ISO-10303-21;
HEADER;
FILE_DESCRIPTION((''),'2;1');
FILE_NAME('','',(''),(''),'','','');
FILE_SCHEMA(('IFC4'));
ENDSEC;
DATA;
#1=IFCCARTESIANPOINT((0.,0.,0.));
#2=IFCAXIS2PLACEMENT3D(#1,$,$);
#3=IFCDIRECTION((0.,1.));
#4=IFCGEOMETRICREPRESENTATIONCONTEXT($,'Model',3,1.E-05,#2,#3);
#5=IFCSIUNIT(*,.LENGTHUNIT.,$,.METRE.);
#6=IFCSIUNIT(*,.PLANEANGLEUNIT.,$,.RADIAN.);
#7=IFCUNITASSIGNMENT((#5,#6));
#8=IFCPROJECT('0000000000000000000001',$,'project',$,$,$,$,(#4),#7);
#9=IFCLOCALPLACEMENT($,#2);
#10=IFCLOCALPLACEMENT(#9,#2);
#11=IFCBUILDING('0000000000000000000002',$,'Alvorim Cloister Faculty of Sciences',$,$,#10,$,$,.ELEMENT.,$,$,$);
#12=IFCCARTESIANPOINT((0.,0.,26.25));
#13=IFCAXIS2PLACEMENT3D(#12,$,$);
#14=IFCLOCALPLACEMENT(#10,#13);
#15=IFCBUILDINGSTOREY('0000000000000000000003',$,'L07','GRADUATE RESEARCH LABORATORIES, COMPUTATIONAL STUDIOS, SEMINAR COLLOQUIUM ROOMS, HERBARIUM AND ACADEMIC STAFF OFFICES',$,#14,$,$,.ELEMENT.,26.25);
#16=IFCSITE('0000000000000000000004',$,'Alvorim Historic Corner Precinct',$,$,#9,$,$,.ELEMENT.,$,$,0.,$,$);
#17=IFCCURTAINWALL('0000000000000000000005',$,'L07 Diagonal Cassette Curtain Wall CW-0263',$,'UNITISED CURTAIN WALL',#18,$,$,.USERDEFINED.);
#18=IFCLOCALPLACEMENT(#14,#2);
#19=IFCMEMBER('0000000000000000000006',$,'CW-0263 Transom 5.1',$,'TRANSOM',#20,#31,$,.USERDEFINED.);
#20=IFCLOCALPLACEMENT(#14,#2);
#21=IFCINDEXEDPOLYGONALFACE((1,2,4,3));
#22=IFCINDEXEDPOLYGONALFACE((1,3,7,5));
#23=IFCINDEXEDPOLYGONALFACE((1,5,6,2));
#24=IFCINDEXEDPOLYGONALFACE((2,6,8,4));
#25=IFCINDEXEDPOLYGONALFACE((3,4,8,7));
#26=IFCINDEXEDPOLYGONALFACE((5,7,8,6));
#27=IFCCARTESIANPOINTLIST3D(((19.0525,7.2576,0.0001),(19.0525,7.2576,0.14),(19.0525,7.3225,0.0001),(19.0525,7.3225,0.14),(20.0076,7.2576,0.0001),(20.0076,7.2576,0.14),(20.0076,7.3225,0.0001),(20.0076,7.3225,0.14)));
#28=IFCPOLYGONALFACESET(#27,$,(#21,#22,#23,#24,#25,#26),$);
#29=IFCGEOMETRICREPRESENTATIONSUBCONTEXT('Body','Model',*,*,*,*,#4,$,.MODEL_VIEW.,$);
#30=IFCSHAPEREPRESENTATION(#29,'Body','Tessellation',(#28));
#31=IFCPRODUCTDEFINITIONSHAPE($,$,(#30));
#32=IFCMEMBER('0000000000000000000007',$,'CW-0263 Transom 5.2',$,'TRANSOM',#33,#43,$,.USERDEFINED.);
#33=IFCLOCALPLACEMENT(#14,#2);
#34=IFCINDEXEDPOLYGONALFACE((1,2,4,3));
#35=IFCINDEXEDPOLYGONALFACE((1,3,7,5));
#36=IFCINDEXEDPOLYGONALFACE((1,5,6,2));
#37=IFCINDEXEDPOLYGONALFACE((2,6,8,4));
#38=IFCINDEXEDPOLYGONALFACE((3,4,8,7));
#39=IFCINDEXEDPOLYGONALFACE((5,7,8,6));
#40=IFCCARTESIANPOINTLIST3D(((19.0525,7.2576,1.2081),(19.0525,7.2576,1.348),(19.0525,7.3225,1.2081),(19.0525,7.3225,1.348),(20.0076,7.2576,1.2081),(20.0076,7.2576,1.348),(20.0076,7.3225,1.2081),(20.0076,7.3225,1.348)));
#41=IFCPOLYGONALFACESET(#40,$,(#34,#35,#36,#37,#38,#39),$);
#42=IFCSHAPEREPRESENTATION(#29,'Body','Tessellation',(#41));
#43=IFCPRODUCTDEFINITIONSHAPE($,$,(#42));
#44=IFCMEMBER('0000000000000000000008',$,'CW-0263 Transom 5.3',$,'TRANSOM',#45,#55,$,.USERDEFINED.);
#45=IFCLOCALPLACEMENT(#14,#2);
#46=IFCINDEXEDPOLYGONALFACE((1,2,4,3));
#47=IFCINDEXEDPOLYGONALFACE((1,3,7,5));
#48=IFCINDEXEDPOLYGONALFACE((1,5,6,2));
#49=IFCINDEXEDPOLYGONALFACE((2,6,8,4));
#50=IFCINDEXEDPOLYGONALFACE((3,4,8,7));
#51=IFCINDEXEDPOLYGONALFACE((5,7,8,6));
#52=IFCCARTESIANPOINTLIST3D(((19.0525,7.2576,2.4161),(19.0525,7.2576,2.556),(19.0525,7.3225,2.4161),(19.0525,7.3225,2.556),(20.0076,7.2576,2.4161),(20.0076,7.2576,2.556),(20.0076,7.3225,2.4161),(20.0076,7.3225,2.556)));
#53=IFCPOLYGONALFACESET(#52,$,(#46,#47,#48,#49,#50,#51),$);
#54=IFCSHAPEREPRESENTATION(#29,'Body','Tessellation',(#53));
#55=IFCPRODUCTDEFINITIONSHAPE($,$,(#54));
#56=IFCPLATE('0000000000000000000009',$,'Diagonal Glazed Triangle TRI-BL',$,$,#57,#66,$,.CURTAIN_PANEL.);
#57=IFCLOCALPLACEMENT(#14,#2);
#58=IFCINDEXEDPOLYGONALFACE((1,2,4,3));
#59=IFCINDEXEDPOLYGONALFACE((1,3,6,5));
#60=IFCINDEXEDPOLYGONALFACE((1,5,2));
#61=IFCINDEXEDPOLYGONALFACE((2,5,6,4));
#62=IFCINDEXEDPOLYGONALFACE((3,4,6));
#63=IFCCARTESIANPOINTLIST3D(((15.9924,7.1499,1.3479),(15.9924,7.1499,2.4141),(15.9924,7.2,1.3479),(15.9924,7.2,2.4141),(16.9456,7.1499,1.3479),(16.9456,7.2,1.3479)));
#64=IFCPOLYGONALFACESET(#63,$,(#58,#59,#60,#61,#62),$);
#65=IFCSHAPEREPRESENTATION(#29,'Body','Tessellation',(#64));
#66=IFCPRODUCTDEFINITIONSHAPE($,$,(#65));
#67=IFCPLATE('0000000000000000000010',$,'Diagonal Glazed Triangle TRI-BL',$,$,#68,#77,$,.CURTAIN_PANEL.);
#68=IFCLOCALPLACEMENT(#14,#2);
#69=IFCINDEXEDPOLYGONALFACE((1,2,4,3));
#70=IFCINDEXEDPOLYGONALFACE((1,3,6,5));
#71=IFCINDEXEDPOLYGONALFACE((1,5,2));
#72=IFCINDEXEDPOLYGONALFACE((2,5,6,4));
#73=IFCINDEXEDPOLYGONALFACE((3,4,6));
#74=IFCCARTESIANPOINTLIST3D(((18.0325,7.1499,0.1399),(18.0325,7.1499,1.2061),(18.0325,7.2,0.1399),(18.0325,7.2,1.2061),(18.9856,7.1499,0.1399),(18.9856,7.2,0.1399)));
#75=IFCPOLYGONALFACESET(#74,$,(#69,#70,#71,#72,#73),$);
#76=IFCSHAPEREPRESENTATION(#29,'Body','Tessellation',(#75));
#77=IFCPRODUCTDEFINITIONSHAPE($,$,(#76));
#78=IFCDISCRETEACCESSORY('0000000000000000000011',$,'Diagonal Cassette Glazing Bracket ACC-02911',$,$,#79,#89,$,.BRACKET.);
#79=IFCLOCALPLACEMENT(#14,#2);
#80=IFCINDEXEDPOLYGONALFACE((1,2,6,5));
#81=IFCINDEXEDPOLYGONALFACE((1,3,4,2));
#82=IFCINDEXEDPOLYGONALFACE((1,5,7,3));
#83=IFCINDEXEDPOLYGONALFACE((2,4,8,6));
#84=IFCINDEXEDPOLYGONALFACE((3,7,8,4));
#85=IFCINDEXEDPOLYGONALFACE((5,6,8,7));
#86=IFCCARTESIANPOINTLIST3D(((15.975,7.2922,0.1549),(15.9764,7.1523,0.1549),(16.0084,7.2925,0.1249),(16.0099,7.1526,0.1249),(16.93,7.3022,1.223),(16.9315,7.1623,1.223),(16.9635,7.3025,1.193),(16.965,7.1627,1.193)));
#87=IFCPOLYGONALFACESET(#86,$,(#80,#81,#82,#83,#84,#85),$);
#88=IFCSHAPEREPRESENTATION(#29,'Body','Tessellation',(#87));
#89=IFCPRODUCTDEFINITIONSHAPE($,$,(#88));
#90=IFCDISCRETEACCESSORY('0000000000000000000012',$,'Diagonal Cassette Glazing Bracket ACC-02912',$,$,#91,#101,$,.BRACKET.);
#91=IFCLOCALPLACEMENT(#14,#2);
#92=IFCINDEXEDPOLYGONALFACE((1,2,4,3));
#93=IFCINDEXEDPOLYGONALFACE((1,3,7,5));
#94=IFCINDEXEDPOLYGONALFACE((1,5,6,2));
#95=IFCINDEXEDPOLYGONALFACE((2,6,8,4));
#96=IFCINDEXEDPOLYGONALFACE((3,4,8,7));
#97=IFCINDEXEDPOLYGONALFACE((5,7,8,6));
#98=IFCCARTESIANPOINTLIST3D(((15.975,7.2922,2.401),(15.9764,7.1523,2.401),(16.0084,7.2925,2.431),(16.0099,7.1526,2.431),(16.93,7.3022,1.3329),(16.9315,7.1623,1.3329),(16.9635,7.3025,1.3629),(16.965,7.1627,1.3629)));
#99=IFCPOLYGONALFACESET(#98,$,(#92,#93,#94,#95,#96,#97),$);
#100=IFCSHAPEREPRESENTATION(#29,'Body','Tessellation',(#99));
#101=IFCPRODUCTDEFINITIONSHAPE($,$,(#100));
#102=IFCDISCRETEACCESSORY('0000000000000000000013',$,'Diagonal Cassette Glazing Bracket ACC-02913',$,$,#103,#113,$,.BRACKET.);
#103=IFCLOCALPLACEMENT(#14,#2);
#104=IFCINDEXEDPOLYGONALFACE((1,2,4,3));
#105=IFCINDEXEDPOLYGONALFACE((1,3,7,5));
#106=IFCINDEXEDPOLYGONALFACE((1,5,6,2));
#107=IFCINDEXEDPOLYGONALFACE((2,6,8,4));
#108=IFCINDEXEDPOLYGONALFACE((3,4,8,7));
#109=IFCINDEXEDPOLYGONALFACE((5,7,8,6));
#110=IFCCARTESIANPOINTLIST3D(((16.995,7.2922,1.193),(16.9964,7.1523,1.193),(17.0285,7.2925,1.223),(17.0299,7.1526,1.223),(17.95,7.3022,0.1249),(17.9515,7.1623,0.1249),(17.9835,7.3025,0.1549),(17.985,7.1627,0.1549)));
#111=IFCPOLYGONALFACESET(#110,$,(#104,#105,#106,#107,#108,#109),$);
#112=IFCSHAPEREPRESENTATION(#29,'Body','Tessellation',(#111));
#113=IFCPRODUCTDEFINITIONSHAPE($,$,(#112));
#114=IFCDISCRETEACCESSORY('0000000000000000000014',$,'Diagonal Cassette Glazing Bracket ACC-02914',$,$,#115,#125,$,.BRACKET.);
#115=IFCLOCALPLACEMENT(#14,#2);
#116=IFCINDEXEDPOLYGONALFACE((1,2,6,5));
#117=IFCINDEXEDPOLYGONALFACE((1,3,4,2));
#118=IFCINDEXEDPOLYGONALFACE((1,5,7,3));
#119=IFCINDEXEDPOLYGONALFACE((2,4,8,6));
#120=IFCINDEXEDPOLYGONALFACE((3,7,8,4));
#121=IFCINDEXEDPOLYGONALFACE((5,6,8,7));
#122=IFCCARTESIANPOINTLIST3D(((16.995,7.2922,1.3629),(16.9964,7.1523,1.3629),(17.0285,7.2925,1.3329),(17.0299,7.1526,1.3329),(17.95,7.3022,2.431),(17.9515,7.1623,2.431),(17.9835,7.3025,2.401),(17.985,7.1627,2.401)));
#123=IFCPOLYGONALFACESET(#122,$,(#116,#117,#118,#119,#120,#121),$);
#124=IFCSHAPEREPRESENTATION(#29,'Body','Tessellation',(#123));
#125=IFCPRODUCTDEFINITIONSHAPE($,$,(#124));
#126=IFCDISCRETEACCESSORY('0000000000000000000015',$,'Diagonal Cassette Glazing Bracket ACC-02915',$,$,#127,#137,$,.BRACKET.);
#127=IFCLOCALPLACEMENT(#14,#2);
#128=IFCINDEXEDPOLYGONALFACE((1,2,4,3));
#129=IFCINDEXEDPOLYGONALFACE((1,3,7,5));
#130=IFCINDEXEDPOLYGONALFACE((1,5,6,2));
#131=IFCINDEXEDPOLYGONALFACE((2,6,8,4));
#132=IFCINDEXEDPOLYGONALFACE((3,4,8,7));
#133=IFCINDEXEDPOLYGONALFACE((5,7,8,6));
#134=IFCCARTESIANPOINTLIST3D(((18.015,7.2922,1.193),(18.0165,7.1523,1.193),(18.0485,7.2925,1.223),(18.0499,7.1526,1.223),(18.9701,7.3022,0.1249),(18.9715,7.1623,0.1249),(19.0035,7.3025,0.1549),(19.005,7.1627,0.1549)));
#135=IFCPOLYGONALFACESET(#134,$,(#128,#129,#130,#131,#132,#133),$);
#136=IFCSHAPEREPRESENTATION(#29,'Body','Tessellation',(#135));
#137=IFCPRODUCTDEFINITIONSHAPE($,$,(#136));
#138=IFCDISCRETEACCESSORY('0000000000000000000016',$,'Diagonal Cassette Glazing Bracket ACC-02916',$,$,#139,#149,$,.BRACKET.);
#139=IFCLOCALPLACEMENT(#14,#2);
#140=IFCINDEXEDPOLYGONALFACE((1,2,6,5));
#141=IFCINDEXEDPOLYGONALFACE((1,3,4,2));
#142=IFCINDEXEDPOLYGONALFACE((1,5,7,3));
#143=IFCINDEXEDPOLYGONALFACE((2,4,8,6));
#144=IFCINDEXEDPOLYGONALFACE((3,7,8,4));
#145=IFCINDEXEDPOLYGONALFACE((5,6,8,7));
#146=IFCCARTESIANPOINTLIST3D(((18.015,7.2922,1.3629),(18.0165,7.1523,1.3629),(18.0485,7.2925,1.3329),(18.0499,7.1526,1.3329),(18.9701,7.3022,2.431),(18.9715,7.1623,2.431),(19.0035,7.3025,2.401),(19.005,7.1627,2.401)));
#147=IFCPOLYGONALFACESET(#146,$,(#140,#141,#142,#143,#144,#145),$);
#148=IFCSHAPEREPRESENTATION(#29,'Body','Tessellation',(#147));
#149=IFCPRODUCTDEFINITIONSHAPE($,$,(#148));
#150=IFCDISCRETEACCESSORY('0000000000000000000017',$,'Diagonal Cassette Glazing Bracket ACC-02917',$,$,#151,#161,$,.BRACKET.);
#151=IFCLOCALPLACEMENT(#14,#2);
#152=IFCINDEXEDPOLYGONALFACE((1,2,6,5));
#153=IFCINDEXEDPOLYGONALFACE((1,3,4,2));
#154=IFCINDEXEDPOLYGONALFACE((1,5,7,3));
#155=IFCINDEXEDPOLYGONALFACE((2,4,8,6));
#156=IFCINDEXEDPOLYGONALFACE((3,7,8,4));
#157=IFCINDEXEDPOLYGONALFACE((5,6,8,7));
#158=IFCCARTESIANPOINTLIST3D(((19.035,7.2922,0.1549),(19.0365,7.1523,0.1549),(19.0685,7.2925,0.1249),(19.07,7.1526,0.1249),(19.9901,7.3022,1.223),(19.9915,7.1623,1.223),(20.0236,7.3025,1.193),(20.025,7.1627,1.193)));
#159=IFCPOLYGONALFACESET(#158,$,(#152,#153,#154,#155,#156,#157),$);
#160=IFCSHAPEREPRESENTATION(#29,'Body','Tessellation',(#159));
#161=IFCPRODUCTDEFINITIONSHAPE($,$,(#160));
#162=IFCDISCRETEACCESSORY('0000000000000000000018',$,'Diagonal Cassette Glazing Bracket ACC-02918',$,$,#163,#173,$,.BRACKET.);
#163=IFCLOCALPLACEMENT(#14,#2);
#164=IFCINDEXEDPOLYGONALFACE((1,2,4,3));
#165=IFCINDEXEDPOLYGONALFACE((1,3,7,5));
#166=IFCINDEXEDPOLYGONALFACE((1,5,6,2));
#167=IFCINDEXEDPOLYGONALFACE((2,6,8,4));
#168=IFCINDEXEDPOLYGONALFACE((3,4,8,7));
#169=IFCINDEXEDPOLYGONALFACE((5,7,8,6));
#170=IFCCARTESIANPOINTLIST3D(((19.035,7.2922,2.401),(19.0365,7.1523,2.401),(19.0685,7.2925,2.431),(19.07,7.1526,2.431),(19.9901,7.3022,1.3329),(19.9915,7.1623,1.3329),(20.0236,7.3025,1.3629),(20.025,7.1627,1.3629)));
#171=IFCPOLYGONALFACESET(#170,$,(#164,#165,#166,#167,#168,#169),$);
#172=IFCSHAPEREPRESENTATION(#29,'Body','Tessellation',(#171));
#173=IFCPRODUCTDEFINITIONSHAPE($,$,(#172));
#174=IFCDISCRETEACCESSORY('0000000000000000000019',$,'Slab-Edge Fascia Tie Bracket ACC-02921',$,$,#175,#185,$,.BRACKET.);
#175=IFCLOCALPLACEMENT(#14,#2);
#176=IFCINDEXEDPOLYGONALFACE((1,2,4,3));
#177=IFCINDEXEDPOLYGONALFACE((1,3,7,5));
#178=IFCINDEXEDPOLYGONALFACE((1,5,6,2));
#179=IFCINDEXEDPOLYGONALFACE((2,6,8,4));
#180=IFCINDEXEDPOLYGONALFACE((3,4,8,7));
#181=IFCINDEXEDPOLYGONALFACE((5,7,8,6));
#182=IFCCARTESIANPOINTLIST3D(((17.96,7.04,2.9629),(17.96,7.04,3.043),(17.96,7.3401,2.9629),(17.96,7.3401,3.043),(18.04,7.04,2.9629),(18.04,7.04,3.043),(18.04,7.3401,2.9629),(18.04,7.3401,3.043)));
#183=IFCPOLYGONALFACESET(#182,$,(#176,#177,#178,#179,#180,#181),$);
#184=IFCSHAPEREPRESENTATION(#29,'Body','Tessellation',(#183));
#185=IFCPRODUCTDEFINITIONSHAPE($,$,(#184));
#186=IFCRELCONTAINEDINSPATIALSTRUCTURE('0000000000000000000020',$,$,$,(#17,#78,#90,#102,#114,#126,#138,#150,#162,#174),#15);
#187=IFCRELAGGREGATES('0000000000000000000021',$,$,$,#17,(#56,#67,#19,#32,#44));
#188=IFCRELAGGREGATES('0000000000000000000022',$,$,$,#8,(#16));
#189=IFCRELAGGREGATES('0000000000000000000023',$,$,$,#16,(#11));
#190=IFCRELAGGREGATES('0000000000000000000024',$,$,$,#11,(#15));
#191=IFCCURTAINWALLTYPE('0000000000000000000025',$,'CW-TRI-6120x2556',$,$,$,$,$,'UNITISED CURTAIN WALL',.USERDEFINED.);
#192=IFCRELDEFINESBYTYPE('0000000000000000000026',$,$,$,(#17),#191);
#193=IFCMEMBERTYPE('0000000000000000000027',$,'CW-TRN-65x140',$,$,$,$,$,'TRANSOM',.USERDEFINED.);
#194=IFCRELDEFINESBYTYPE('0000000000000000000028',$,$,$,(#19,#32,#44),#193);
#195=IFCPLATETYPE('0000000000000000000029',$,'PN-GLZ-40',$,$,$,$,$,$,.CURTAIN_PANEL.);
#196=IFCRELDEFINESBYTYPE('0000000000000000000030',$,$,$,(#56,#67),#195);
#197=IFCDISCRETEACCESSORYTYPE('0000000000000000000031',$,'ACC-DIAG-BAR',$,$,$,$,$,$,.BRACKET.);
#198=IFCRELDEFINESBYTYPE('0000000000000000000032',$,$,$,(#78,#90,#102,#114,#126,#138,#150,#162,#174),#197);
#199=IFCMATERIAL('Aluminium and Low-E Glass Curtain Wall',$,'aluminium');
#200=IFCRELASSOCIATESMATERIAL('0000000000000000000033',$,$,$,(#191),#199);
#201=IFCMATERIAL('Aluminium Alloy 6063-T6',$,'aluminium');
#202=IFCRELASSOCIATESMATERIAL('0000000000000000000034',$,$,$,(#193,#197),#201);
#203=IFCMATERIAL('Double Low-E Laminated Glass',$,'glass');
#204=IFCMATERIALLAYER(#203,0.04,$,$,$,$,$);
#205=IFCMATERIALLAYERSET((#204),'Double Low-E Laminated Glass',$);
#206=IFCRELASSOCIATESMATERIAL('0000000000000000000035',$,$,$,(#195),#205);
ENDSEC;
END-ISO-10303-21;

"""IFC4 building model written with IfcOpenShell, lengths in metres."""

from ifc_helpers import new_model, si_unit, direction, frame, origin, origin_2d, place, context, subcontext, project, spatial, polyline, rectangle, outline, extrude, material, layer, layer_set, material_profile, profile_set, type_object, element, aggregate, save


model = new_model("IFC4")

# Units and contexts
model_context = context("Model", 3, precision=1e-05, world=origin(), true_north=direction((0.0, 1.0)))
body_context = subcontext(model_context, "Body", "Model", "MODEL_VIEW")
ifc_project = project(units=[si_unit("LENGTHUNIT", "METRE"), si_unit("PLANEANGLEUNIT", "RADIAN")], contexts=[model_context])

# Site, building, storey
site_placement = place(None, origin())
site = spatial("IfcSite", under=ifc_project, at=site_placement, Name="Alvorim Historic Corner Precinct", CompositionType="ELEMENT", RefElevation=0.0)
building_placement = place(site_placement, origin())
building = spatial("IfcBuilding", under=site, at=building_placement, Name="Alvorim Cloister Faculty of Sciences", CompositionType="ELEMENT")
storey_placement = place(building_placement, frame((0.0, 0.0, 26.25)))
storey = spatial("IfcBuildingStorey", under=building, at=storey_placement, Name="L07", Description="GRADUATE RESEARCH LABORATORIES, COMPUTATIONAL STUDIOS, SEMINAR COLLOQUIUM ROOMS, HERBARIUM AND ACADEMIC STAFF OFFICES", CompositionType="ELEMENT", Elevation=26.25)

# Curtain wall, members, plates
ifc_material_1 = material(Name="Aluminium and Low-E Glass Curtain Wall", Category="aluminium")
curtain_wall_type = type_object("IfcCurtainWallType", Name="CW-TRI-6120x2556", ElementType="UNITISED CURTAIN WALL", PredefinedType="USERDEFINED", material=ifc_material_1)
curtain_wall_placement = place(storey_placement, origin())
curtain_wall = element("IfcCurtainWall", 1, at=curtain_wall_placement, inside=storey, type_object=curtain_wall_type, Name="L07 Diagonal Cassette Curtain Wall CW-0263", ObjectType="UNITISED CURTAIN WALL", PredefinedType="USERDEFINED")
ifc_material_2 = material(Name="Aluminium Alloy 6063-T6", Category="aluminium")
ifc_material_profile_1 = material_profile(ifc_material_2, rectangle(XDim=0.0649, YDim=0.1399, at=origin_2d()), Name="ALU-TRN-65x140")
ifc_profile_set_1 = profile_set([ifc_material_profile_1], Name="Aluminium Alloy 6063-T6")
member_type_1 = type_object("IfcMemberType", Name="CW-TRN-65x140", ElementType="TRANSOM", PredefinedType="USERDEFINED", material=ifc_profile_set_1)
member_1_placement = place(storey_placement, frame((19.0525, 7.29, 0.0701), z_axis=(1.0, 0.0, 0.0), x_axis=(0.0, 1.0, 0.0)))
member_1 = element("IfcMember", 2, at=member_1_placement, type_object=member_type_1, Name="CW-0263 Transom 5.1", ObjectType="TRANSOM", PredefinedType="USERDEFINED", context=body_context, shape_type="SweptSolid", body=[
    extrude(rectangle(XDim=0.0649, YDim=0.1399, at=origin_2d()), origin(), (0.0, 0.0, 1.0), 0.9551),
])
member_2_placement = place(storey_placement, frame((19.0525, 7.29, 1.2781), z_axis=(1.0, 0.0, 0.0), x_axis=(0.0, 1.0, 0.0)))
member_2 = element("IfcMember", 3, at=member_2_placement, type_object=member_type_1, Name="CW-0263 Transom 5.2", ObjectType="TRANSOM", PredefinedType="USERDEFINED", context=body_context, shape_type="SweptSolid", body=[
    extrude(rectangle(XDim=0.0649, YDim=0.1399, at=origin_2d()), origin(), (0.0, 0.0, 1.0), 0.9551),
])
member_3_placement = place(storey_placement, frame((19.0525, 7.29, 2.4861), z_axis=(1.0, 0.0, 0.0), x_axis=(0.0, 1.0, 0.0)))
member_3 = element("IfcMember", 4, at=member_3_placement, type_object=member_type_1, Name="CW-0263 Transom 5.3", ObjectType="TRANSOM", PredefinedType="USERDEFINED", context=body_context, shape_type="SweptSolid", body=[
    extrude(rectangle(XDim=0.0649, YDim=0.1399, at=origin_2d()), origin(), (0.0, 0.0, 1.0), 0.9551),
])
ifc_material_3 = material(Name="Double Low-E Laminated Glass", Category="glass")
ifc_layer = layer(ifc_material_3, 0.04)
ifc_layer_set = layer_set([ifc_layer], Name="Double Low-E Laminated Glass")
plate_type = type_object("IfcPlateType", Name="PN-GLZ-40", PredefinedType="CURTAIN_PANEL", material=ifc_layer_set)
plate_1_placement = place(storey_placement, frame((15.9924, 7.175, 1.3479), z_axis=(0.0, 0.0, 1.0), x_axis=(1.0, 0.0, 0.0)))
plate_1 = element("IfcPlate", 5, at=plate_1_placement, type_object=plate_type, Name="Diagonal Glazed Triangle TRI-BL", PredefinedType="CURTAIN_PANEL", context=body_context, shape_type="SweptSolid", body=[
    extrude(outline(polyline([(0.0, 0.0), (0.9531, 0.0), (0.0, 1.0662), (0.0, 0.0)])), frame((0.0, 0.0249, 0.0), z_axis=(0.0, -1.0, 0.0), x_axis=(1.0, 0.0, 0.0)), (0.0, 0.0, 1.0), 0.05),
])
plate_2_placement = place(storey_placement, frame((18.0325, 7.175, 0.1399), z_axis=(0.0, 0.0, 1.0), x_axis=(1.0, 0.0, 0.0)))
plate_2 = element("IfcPlate", 6, at=plate_2_placement, type_object=plate_type, Name="Diagonal Glazed Triangle TRI-BL", PredefinedType="CURTAIN_PANEL", context=body_context, shape_type="SweptSolid", body=[
    extrude(outline(polyline([(0.0, 0.0), (0.9531, 0.0), (0.0, 1.0662), (0.0, 0.0)])), frame((0.0, 0.0249, 0.0), z_axis=(0.0, -1.0, 0.0), x_axis=(1.0, 0.0, 0.0)), (0.0, 0.0, 1.0), 0.05),
])
aggregate(curtain_wall, [plate_1, plate_2, member_1, member_2, member_3])

# Discrete accessories
discrete_accessory_type = type_object("IfcDiscreteAccessoryType", Name="ACC-DIAG-BAR", PredefinedType="BRACKET", material=ifc_material_2)
for number, where, z_axis, x_axis, name in (
    (7, (15.9924, 7.2224, 0.1399), (0.666544, 0.006986, 0.745433), (-0.01048, 0.999945, 0.0), "Diagonal Cassette Glazing Bracket ACC-02911"),
    (8, (15.9924, 7.2224, 2.416), (0.666544, 0.006986, -0.745433), (-0.01048, 0.999945, 0.0), "Diagonal Cassette Glazing Bracket ACC-02912"),
    (9, (17.0125, 7.2224, 1.208), (0.666544, 0.006986, -0.745433), (-0.01048, 0.999945, 0.0), "Diagonal Cassette Glazing Bracket ACC-02913"),
    (10, (17.0125, 7.2224, 1.3479), (0.666544, 0.006986, 0.745433), (-0.01048, 0.999945, 0.0), "Diagonal Cassette Glazing Bracket ACC-02914"),
    (11, (18.0325, 7.2224, 1.208), (0.666544, 0.006986, -0.745433), (-0.01048, 0.999945, 0.0), "Diagonal Cassette Glazing Bracket ACC-02915"),
    (12, (18.0325, 7.2224, 1.3479), (0.666544, 0.006986, 0.745433), (-0.01048, 0.999945, 0.0), "Diagonal Cassette Glazing Bracket ACC-02916"),
    (13, (19.0525, 7.2224, 0.1399), (0.666544, 0.006986, 0.745433), (-0.01048, 0.999945, 0.0), "Diagonal Cassette Glazing Bracket ACC-02917"),
    (14, (19.0525, 7.2224, 2.416), (0.666544, 0.006986, -0.745433), (-0.01048, 0.999945, 0.0), "Diagonal Cassette Glazing Bracket ACC-02918"),
):
    element("IfcDiscreteAccessory", number, at=place(storey_placement, frame(where, z_axis=z_axis, x_axis=x_axis)), inside=storey, type_object=discrete_accessory_type, Name=name, PredefinedType="BRACKET", context=body_context, shape_type="SweptSolid", body=[
        extrude(rectangle(XDim=0.1399, YDim=0.0449, at=origin_2d()), origin(), (0.0, 0.0, 1.0), 1.4329),
    ])
discrete_accessory_placement = place(storey_placement, frame((18.0, 7.3401, 3.0029), z_axis=(0.0, -1.0, 0.0), x_axis=(1.0, 0.0, 0.0)))
element("IfcDiscreteAccessory", 15, at=discrete_accessory_placement, inside=storey, type_object=discrete_accessory_type, Name="Slab-Edge Fascia Tie Bracket ACC-02921", PredefinedType="BRACKET", context=body_context, shape_type="SweptSolid", body=[
    extrude(rectangle(XDim=0.0801, YDim=0.0801, at=origin_2d()), origin(), (0.0, 0.0, 1.0), 0.3),
])

save(model, "model.ifc")
